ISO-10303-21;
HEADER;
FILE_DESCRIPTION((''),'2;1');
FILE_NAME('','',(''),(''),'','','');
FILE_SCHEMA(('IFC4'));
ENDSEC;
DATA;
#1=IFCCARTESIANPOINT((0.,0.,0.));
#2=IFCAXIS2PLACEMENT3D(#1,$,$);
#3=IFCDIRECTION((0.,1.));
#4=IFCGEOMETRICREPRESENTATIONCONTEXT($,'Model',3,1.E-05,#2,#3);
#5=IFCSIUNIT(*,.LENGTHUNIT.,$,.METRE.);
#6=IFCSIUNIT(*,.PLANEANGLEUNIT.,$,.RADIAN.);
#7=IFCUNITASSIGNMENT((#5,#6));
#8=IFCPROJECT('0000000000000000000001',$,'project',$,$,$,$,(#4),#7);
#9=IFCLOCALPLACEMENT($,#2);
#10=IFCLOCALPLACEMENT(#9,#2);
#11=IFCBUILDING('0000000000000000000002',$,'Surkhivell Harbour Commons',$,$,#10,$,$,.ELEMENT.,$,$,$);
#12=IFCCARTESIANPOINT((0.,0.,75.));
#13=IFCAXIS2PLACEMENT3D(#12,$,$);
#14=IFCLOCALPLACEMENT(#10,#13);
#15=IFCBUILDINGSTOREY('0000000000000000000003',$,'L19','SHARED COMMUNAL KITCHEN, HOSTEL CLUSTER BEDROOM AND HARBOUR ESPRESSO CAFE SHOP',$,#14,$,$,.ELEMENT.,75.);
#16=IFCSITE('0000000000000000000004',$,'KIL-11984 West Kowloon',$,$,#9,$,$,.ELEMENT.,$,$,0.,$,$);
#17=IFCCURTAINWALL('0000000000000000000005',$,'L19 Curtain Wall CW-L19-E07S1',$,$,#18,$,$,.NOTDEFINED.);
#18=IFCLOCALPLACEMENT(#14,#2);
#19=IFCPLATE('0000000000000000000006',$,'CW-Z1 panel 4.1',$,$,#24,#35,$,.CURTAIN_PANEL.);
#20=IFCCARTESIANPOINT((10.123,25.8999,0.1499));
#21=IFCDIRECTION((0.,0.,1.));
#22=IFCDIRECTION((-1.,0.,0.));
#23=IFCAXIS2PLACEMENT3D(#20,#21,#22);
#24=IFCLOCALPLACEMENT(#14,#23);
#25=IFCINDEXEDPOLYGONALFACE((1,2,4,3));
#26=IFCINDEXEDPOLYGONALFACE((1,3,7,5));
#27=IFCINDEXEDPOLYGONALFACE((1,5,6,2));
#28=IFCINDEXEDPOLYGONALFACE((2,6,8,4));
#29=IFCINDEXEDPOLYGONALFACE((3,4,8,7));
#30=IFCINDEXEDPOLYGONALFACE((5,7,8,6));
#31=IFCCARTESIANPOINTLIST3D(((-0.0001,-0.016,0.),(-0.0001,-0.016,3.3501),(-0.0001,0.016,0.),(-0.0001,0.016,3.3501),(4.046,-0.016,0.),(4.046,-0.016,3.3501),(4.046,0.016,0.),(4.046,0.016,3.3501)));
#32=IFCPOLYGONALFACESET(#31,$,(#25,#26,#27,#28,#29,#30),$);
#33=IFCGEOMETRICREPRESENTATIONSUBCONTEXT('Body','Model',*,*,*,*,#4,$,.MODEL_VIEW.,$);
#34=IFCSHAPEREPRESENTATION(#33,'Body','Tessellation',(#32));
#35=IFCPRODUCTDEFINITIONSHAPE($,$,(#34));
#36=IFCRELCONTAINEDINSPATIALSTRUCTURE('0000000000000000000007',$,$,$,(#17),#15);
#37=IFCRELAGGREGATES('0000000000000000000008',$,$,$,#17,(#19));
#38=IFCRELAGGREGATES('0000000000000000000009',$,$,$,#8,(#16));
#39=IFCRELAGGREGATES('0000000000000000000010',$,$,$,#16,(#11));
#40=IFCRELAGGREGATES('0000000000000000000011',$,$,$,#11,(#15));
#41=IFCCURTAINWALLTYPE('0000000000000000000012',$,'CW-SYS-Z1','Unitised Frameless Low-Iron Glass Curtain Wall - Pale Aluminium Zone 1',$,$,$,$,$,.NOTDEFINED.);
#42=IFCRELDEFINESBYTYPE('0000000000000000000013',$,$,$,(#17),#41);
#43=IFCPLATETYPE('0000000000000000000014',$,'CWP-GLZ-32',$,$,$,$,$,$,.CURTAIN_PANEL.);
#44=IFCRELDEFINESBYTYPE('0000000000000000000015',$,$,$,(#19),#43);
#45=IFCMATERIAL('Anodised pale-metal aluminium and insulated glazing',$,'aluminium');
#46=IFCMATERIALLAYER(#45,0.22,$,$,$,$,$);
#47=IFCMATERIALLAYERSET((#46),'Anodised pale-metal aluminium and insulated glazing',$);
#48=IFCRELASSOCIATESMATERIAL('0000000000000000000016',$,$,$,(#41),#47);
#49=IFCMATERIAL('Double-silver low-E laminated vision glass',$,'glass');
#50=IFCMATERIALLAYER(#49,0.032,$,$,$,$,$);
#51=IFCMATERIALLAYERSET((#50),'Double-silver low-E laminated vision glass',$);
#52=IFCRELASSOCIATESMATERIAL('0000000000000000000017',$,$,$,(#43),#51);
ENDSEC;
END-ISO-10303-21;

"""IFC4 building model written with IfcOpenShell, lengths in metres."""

from ifc_helpers import new_model, si_unit, direction, frame, frame_2d, origin, place, context, subcontext, project, spatial, rectangle, extrude, material, layer, layer_set, type_object, element, aggregate, save


model = new_model("IFC4")

# Units and contexts
model_context = context("Model", 3, precision=1e-05, world=origin(), true_north=direction((0.0, 1.0)))
body_context = subcontext(model_context, "Body", "Model", "MODEL_VIEW")
ifc_project = project(units=[si_unit("LENGTHUNIT", "METRE"), si_unit("PLANEANGLEUNIT", "RADIAN")], contexts=[model_context])

# Site, building, storey
site_placement = place(None, origin())
site = spatial("IfcSite", under=ifc_project, at=site_placement, Name="KIL-11984 West Kowloon", CompositionType="ELEMENT", RefElevation=0.0)
building_placement = place(site_placement, origin())
building = spatial("IfcBuilding", under=site, at=building_placement, Name="Surkhivell Harbour Commons", CompositionType="ELEMENT")
storey_placement = place(building_placement, frame((0.0, 0.0, 75.0)))
storey = spatial("IfcBuildingStorey", under=building, at=storey_placement, Name="L19", Description="SHARED COMMUNAL KITCHEN, HOSTEL CLUSTER BEDROOM AND HARBOUR ESPRESSO CAFE SHOP", CompositionType="ELEMENT", Elevation=75.0)

# Curtain wall
ifc_material_1 = material(Name="Anodised pale-metal aluminium and insulated glazing", Category="aluminium")
ifc_layer_1 = layer(ifc_material_1, 0.22)
ifc_layer_set_1 = layer_set([ifc_layer_1], Name="Anodised pale-metal aluminium and insulated glazing")
curtain_wall_type = type_object("IfcCurtainWallType", Name="CW-SYS-Z1", Description="Unitised Frameless Low-Iron Glass Curtain Wall - Pale Aluminium Zone 1", PredefinedType="NOTDEFINED", material=ifc_layer_set_1)
curtain_wall_placement = place(storey_placement, origin())
curtain_wall = element("IfcCurtainWall", 1, at=curtain_wall_placement, inside=storey, type_object=curtain_wall_type, Name="L19 Curtain Wall CW-L19-E07S1", PredefinedType="NOTDEFINED")

# Plate
ifc_material_2 = material(Name="Double-silver low-E laminated vision glass", Category="glass")
ifc_layer_2 = layer(ifc_material_2, 0.032)
ifc_layer_set_2 = layer_set([ifc_layer_2], Name="Double-silver low-E laminated vision glass")
plate_type_1 = type_object("IfcPlateType", Name="CWP-GLZ-32", PredefinedType="CURTAIN_PANEL", material=ifc_layer_set_2)
plate_placement = place(storey_placement, frame((10.123, 25.8999, 0.1499), z_axis=(0.0, 0.0, 1.0), x_axis=(-1.0, 0.0, 0.0)))
plate = element("IfcPlate", 2, at=plate_placement, type_object=plate_type_1, Name="CW-Z1 panel 4.1", PredefinedType="CURTAIN_PANEL", context=body_context, shape_type="SweptSolid", body=[
    extrude(rectangle(XDim=4.0461, YDim=0.032, at=frame_2d((2.0229, 0.0))), origin(), (0.0, 0.0, 1.0), 3.3501),
])
aggregate(curtain_wall, [plate])

save(model, "model.ifc")
